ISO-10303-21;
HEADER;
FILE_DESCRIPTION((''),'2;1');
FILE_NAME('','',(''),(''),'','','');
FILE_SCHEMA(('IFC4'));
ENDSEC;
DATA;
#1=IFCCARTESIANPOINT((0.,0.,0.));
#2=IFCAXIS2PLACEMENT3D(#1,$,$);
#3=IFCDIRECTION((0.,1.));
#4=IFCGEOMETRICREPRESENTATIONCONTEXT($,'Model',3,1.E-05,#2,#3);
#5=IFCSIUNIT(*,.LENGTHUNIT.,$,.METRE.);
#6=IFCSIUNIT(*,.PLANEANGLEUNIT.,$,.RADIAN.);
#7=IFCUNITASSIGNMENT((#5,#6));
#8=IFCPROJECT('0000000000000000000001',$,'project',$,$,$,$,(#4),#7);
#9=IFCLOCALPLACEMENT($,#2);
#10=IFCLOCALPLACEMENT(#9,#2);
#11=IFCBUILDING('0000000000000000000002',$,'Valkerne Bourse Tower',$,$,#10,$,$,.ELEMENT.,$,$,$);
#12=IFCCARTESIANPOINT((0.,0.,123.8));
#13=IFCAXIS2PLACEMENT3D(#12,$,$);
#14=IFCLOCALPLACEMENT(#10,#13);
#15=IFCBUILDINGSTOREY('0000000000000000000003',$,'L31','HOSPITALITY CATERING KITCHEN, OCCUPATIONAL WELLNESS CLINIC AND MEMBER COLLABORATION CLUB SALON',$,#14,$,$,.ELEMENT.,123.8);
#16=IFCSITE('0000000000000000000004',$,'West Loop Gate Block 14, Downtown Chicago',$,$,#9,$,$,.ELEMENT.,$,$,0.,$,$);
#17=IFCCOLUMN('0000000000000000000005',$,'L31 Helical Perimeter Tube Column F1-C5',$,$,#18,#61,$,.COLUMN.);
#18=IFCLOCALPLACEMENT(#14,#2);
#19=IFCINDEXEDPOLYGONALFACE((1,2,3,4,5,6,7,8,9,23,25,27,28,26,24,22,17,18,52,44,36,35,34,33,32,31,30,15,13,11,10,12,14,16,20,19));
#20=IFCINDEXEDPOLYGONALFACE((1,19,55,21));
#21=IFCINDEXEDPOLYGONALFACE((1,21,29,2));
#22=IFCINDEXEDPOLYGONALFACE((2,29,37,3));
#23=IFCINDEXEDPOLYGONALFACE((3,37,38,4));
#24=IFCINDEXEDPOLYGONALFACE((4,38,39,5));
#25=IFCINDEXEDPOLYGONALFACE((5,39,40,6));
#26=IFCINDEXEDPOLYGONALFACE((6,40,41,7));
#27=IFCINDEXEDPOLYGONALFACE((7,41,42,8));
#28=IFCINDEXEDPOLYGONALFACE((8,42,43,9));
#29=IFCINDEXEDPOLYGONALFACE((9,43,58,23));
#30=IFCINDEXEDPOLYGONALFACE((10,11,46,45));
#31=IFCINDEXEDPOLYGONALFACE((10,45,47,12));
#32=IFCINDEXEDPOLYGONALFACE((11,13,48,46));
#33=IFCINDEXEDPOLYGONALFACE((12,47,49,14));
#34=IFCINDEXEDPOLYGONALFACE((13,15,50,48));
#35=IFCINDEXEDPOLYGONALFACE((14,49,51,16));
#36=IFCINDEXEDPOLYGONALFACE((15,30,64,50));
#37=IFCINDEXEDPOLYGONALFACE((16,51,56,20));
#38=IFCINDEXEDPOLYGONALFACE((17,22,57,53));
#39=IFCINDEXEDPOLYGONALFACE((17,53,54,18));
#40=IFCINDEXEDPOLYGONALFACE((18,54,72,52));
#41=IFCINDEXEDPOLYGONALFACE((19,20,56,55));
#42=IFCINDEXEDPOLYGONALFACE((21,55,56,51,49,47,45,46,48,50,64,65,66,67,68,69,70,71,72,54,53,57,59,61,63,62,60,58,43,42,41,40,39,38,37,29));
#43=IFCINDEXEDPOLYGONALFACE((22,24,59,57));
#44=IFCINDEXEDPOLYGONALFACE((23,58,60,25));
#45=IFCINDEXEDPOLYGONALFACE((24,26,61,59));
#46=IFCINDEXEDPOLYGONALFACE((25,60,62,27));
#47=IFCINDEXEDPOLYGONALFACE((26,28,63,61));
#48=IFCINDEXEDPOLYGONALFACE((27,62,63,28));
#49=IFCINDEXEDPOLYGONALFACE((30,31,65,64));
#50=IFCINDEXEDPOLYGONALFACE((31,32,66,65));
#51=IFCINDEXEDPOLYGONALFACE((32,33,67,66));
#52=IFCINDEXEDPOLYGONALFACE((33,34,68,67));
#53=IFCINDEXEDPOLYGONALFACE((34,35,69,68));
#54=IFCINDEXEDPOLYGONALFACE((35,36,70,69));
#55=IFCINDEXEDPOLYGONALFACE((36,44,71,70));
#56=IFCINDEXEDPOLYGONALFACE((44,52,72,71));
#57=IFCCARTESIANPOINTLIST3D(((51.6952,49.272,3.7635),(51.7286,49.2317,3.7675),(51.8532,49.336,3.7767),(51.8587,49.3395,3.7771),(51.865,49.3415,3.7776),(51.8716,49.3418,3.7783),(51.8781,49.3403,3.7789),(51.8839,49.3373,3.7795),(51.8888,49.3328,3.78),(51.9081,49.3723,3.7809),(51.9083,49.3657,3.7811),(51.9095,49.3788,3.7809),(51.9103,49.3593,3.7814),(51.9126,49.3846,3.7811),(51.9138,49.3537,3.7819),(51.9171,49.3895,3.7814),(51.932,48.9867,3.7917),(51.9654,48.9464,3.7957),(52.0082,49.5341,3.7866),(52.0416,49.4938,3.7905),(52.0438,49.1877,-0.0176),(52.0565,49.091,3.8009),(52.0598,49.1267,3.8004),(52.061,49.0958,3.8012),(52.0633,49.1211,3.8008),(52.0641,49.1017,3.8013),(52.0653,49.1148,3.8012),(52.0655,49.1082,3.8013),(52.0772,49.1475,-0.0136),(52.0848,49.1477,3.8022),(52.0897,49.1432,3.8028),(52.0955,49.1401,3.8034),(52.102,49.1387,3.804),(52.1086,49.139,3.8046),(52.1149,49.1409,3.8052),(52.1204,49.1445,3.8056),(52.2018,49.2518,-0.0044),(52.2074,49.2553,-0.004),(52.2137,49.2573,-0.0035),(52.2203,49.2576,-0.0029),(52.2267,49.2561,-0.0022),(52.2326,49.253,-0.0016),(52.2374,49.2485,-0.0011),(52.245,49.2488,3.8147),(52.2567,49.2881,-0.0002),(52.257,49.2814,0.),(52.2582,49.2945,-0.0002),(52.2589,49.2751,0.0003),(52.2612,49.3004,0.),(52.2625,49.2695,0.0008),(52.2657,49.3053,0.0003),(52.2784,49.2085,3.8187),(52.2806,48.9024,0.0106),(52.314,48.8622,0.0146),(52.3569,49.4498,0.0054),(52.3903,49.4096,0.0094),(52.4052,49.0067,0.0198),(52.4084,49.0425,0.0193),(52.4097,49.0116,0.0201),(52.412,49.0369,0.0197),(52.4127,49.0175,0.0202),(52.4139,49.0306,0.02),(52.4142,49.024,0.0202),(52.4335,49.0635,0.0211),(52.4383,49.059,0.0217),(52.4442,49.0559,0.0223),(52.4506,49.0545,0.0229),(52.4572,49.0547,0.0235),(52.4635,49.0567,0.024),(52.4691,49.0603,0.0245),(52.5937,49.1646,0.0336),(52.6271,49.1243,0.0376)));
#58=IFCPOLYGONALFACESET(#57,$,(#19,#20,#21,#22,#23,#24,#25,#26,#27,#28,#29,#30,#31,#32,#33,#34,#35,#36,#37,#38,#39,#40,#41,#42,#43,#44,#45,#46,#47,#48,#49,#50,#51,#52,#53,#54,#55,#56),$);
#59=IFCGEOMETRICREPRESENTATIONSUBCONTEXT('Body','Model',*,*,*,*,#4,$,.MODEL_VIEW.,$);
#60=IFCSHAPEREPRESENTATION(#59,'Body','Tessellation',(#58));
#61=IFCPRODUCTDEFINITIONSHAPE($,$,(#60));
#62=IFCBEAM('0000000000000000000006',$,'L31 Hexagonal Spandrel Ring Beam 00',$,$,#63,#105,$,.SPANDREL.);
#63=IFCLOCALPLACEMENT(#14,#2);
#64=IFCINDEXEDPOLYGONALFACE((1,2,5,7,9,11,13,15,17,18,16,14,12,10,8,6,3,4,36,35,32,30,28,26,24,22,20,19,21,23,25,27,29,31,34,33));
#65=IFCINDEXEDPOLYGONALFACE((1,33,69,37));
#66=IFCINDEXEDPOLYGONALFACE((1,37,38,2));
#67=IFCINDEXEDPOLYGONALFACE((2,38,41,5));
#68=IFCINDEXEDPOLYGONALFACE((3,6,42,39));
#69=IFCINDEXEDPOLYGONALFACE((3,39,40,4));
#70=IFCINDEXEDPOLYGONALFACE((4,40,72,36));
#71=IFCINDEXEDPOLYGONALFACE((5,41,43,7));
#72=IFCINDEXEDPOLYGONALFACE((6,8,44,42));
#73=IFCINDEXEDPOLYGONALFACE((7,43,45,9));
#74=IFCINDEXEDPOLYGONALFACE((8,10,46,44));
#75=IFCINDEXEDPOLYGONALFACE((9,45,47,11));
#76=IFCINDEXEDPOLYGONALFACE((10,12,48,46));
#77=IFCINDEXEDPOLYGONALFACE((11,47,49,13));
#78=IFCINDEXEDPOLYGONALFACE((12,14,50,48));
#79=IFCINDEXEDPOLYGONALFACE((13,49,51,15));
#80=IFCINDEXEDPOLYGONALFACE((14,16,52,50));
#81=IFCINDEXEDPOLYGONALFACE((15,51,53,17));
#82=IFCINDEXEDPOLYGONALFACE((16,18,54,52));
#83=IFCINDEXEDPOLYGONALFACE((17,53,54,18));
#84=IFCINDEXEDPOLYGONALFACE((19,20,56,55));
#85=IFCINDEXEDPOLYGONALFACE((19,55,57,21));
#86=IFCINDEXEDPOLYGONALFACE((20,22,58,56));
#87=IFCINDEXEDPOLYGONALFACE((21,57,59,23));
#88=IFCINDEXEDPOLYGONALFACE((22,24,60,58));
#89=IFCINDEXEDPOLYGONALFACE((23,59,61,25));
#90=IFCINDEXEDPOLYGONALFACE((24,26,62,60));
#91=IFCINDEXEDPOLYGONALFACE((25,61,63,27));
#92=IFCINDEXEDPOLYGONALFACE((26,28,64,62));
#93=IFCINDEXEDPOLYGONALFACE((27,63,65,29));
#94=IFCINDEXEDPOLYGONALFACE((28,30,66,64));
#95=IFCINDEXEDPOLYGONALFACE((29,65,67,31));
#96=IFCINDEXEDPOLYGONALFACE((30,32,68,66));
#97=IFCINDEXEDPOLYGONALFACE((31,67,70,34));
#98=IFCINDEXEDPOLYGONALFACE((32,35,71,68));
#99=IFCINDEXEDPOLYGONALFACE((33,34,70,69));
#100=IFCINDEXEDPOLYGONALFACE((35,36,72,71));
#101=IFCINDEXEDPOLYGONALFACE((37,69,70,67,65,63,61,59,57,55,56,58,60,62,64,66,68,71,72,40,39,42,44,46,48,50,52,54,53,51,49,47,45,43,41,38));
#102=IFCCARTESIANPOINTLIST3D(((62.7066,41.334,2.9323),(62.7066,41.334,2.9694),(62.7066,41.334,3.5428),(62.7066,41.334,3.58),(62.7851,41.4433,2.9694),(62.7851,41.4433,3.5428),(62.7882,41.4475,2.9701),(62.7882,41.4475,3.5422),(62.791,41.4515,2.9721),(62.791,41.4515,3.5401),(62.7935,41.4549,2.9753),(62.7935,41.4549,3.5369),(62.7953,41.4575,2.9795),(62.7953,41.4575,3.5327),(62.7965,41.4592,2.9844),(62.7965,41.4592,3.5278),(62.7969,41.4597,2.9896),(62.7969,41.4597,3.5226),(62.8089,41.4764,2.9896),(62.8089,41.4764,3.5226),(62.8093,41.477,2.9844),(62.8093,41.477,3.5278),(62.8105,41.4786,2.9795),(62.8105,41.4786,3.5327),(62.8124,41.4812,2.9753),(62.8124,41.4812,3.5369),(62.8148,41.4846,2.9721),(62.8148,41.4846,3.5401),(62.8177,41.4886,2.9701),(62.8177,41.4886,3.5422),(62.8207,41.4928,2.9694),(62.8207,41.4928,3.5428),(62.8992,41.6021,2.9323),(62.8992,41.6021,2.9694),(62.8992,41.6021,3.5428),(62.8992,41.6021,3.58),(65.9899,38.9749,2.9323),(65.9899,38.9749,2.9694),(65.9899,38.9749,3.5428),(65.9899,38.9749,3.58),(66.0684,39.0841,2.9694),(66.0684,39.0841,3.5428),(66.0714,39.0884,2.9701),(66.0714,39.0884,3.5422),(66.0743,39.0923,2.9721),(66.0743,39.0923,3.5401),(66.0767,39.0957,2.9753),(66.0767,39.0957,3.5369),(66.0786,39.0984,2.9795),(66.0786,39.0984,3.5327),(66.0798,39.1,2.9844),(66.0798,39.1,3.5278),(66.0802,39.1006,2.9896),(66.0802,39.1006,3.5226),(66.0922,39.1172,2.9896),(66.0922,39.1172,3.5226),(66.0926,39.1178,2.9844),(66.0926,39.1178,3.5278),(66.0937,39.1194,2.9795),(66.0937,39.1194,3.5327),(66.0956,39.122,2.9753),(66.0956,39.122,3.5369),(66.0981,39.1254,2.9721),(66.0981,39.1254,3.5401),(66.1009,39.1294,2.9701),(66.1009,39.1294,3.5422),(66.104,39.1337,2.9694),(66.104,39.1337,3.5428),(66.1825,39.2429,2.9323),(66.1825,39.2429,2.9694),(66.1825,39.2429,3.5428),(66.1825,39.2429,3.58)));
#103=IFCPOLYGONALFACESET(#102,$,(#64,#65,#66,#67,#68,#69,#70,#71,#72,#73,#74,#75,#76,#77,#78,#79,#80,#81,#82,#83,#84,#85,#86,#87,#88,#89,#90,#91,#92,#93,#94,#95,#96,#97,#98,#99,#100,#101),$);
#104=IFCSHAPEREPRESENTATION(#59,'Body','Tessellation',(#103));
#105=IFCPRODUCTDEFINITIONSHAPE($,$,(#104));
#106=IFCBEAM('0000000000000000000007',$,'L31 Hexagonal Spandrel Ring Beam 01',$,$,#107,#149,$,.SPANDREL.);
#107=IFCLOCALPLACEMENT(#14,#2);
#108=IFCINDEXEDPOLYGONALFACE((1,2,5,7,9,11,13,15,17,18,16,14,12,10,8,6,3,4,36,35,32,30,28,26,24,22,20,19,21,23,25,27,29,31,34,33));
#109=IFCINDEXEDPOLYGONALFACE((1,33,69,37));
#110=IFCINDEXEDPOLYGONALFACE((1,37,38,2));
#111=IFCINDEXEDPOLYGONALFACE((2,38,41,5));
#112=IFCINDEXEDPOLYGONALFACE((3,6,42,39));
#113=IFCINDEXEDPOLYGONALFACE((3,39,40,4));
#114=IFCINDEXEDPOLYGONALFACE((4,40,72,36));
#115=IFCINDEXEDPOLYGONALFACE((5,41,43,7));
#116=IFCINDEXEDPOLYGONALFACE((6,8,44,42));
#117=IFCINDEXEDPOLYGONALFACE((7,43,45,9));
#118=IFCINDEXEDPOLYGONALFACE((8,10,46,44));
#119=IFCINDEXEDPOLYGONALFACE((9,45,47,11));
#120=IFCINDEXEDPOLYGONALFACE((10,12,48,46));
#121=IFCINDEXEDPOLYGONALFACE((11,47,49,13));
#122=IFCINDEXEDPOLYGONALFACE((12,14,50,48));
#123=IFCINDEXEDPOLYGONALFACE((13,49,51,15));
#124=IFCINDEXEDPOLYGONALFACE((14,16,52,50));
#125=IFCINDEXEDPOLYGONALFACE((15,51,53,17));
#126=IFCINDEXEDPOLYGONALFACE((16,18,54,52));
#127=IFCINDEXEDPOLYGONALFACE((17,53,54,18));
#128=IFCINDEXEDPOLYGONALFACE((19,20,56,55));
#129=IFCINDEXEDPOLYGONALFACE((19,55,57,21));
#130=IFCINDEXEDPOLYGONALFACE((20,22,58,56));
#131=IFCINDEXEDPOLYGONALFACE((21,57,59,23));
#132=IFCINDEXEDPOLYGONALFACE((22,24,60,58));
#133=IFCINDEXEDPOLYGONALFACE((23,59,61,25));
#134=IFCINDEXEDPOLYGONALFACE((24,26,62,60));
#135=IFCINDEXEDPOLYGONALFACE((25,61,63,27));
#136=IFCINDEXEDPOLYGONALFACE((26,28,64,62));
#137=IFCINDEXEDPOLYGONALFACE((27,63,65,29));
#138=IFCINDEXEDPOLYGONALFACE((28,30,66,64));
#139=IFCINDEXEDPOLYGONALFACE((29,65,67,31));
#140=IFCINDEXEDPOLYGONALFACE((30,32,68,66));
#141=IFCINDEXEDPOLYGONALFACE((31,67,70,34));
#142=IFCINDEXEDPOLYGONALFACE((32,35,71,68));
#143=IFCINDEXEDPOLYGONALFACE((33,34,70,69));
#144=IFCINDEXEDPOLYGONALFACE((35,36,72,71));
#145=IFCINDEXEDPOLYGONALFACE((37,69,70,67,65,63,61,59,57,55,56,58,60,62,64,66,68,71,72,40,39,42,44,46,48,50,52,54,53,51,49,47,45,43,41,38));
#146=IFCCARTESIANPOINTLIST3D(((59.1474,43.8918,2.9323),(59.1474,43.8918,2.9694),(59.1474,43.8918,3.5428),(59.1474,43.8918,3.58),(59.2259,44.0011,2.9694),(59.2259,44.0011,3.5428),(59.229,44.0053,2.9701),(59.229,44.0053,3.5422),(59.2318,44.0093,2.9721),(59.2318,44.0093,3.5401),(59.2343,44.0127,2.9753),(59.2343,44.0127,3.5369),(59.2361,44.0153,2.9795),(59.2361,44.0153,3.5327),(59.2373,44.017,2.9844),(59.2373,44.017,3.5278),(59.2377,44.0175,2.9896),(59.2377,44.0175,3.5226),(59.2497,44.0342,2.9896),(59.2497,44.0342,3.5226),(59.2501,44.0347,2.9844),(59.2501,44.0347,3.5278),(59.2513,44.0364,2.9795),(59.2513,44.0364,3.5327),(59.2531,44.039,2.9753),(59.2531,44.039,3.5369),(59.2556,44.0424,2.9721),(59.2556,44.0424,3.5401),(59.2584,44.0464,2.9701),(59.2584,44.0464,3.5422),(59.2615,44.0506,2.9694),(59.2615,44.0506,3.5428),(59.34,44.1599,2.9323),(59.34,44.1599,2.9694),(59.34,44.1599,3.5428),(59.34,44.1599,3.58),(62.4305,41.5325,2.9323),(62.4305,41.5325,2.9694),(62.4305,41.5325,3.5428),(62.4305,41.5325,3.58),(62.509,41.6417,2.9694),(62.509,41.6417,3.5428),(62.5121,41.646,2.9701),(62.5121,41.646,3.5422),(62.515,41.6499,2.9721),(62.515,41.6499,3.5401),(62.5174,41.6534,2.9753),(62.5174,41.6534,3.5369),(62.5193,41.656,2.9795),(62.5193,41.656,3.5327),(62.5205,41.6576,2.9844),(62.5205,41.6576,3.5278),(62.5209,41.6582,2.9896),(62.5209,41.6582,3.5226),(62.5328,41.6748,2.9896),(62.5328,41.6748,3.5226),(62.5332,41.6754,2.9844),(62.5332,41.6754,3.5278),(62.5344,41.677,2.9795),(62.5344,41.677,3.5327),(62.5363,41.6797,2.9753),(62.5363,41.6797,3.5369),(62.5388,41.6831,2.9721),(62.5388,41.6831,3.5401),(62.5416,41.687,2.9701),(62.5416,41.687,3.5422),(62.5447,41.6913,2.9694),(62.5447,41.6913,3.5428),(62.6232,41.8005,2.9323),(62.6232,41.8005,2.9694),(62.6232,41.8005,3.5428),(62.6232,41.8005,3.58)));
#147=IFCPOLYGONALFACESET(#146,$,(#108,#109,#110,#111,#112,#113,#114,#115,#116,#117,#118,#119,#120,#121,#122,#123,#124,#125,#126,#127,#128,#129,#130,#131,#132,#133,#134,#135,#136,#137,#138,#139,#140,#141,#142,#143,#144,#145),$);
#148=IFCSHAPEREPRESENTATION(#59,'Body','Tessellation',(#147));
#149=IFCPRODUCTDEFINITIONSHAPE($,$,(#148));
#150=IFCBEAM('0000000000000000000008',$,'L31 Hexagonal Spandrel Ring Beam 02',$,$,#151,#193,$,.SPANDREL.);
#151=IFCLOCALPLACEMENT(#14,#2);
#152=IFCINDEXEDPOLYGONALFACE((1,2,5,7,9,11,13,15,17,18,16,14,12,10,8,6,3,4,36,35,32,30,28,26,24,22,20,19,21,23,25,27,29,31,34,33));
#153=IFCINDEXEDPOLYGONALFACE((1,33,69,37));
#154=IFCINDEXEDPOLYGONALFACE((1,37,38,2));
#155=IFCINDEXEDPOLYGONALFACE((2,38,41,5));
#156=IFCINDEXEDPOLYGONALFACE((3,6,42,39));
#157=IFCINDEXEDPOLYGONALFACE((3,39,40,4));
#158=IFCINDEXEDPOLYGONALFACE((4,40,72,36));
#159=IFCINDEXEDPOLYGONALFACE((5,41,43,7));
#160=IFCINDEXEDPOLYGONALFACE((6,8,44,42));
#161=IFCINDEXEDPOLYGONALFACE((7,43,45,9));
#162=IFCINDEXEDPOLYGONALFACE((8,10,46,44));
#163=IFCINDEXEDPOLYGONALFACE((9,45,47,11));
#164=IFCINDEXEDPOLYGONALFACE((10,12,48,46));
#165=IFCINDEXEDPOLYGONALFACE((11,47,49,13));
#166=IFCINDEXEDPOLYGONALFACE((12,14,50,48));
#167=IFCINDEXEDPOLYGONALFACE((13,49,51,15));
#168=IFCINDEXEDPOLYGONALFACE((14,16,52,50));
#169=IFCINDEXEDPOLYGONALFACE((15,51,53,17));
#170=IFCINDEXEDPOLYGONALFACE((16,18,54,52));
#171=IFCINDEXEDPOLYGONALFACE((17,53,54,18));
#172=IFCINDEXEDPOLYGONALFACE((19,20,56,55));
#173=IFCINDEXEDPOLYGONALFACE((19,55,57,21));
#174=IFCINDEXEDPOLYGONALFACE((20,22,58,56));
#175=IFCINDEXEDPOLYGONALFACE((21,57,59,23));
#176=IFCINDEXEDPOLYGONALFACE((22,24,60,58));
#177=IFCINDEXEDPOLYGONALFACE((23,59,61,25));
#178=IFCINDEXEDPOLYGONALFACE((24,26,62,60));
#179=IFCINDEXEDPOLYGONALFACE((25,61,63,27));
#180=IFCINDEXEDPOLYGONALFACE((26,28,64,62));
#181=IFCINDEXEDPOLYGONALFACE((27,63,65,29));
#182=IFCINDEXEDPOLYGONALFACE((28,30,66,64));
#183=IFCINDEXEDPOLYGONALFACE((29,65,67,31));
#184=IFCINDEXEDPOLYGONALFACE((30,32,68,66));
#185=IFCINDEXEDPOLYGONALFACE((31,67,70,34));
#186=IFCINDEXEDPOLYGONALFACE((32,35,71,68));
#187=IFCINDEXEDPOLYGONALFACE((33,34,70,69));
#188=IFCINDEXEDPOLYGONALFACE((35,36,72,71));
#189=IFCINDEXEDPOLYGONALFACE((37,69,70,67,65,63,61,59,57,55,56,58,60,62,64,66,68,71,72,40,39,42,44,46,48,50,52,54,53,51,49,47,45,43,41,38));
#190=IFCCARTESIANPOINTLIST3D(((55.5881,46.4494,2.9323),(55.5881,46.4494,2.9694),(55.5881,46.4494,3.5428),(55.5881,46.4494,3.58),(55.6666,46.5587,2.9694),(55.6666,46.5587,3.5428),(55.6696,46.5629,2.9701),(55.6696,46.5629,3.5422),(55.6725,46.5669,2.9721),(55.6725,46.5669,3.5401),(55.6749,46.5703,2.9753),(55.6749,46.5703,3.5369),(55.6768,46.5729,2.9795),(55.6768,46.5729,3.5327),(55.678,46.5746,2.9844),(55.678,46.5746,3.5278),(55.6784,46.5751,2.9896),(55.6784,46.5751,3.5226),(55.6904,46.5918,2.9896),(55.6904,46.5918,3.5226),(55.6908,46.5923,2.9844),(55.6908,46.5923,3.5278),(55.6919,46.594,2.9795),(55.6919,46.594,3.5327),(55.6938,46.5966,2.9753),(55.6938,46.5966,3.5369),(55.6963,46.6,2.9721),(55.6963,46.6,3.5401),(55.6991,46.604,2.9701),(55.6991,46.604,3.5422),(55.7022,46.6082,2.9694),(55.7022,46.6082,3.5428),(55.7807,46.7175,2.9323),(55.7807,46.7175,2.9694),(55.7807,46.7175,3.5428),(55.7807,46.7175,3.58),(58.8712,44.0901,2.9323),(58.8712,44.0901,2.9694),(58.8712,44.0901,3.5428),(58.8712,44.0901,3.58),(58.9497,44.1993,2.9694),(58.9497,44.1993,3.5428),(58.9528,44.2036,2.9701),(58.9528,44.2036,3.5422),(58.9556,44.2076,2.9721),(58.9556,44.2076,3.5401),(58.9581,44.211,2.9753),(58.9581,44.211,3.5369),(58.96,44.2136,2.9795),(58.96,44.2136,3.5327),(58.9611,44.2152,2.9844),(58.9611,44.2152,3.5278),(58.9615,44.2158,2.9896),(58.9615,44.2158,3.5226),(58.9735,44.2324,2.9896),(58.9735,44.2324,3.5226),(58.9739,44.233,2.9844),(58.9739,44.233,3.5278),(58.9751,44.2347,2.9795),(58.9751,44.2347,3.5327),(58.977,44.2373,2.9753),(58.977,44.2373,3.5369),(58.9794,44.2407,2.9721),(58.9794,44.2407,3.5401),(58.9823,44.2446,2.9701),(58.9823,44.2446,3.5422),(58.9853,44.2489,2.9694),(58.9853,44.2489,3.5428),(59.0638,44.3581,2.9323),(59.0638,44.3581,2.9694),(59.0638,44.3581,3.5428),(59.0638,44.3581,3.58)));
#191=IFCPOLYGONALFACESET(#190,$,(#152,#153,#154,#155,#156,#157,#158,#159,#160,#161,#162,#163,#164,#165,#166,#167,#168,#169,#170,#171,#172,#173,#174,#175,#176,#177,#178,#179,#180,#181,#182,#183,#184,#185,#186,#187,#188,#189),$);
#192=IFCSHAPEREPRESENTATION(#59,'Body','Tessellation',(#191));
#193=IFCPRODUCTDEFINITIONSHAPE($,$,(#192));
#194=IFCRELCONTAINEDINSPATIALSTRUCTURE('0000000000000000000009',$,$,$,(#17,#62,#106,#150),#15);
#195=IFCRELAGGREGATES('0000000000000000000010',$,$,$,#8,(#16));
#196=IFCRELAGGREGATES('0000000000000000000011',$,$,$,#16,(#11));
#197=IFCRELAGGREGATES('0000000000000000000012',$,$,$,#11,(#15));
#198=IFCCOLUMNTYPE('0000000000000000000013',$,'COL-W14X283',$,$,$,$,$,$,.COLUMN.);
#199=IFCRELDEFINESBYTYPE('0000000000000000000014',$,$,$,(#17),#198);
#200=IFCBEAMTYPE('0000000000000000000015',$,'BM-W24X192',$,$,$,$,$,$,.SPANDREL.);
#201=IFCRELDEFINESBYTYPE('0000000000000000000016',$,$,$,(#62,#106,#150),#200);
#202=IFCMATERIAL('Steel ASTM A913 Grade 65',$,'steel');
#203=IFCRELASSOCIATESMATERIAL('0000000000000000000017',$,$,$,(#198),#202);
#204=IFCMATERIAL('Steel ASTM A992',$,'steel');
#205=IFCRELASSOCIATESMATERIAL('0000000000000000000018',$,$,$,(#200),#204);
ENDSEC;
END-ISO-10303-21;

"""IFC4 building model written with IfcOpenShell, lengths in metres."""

from ifc_helpers import new_model, si_unit, direction, frame, origin, origin_2d, place, context, subcontext, project, spatial, i_section, extrude, material, material_profile, profile_set, type_object, element, save


model = new_model("IFC4")

# Units and contexts
model_context = context("Model", 3, precision=1e-05, world=origin(), true_north=direction((0.0, 1.0)))
body_context = subcontext(model_context, "Body", "Model", "MODEL_VIEW")
ifc_project = project(units=[si_unit("LENGTHUNIT", "METRE"), si_unit("PLANEANGLEUNIT", "RADIAN")], contexts=[model_context])

# Site, building, storey
site_placement = place(None, origin())
site = spatial("IfcSite", under=ifc_project, at=site_placement, Name="West Loop Gate Block 14, Downtown Chicago", CompositionType="ELEMENT", RefElevation=0.0)
building_placement = place(site_placement, origin())
building = spatial("IfcBuilding", under=site, at=building_placement, Name="Valkerne Bourse Tower", CompositionType="ELEMENT")
storey_placement = place(building_placement, frame((0.0, 0.0, 123.8)))
storey = spatial("IfcBuildingStorey", under=building, at=storey_placement, Name="L31", Description="HOSPITALITY CATERING KITCHEN, OCCUPATIONAL WELLNESS CLINIC AND MEMBER COLLABORATION CLUB SALON", CompositionType="ELEMENT", Elevation=123.8)

# Column
ifc_material_1 = material(Name="Steel ASTM A913 Grade 65", Category="steel")
ifc_material_profile_1 = material_profile(ifc_material_1, i_section(OverallWidth=0.4089, OverallDepth=0.4243, WebThickness=0.0327, FlangeThickness=0.0525, FilletRadius=0.0254, at=origin_2d()), Name="W14X283")
ifc_profile_set_1 = profile_set([ifc_material_profile_1], Name="Steel ASTM A913 Grade 65")
column_type = type_object("IfcColumnType", Name="COL-W14X283", PredefinedType="COLUMN", material=ifc_profile_set_1)
column_1_placement = place(storey_placement, frame((52.3354, 49.156, 0.01), z_axis=(-0.091794, 0.022177, 0.995531), x_axis=(0.765495, 0.640974, 0.056305)))
element("IfcColumn", 1, at=column_1_placement, inside=storey, type_object=column_type, Name="L31 Helical Perimeter Tube Column F1-C5", PredefinedType="COLUMN", context=body_context, shape_type="SweptSolid", body=[
    extrude(i_section(OverallWidth=0.4089, OverallDepth=0.4243, WebThickness=0.0327, FlangeThickness=0.0525, FilletRadius=0.0254, at=origin_2d()), origin(), (0.0, 0.0, 1.0), 3.7981),
])

# Beams
ifc_material_2 = material(Name="Steel ASTM A992", Category="steel")
ifc_material_profile_2 = material_profile(ifc_material_2, i_section(OverallWidth=0.3301, OverallDepth=0.6477, WebThickness=0.0205, FlangeThickness=0.0371, FilletRadius=0.0203, at=origin_2d()), Name="W24X192")
ifc_profile_set_2 = profile_set([ifc_material_profile_2], Name="Steel ASTM A992")
beam_type = type_object("IfcBeamType", Name="BM-W24X192", PredefinedType="SPANDREL", material=ifc_profile_set_2)
for number, where, z_axis, x_axis, name in (
    (2, (66.0862, 39.1089, 3.2561), (-0.812094, 0.583527, 0.0), (-0.583527, -0.812094, 0.0), "L31 Hexagonal Spandrel Ring Beam 00"),
    (3, (62.5269, 41.6665, 3.2561), (-0.812065, 0.583566, 0.0), (-0.583566, -0.812065, 0.0), "L31 Hexagonal Spandrel Ring Beam 01"),
    (4, (58.9675, 44.2241, 3.2561), (-0.812065, 0.583566, 0.0), (-0.583566, -0.812065, 0.0), "L31 Hexagonal Spandrel Ring Beam 02"),
):
    element("IfcBeam", number, at=place(storey_placement, frame(where, z_axis=z_axis, x_axis=x_axis)), inside=storey, type_object=beam_type, Name=name, PredefinedType="SPANDREL", context=body_context, shape_type="SweptSolid", body=[
        extrude(i_section(OverallWidth=0.3301, OverallDepth=0.6477, WebThickness=0.0205, FlangeThickness=0.0371, FilletRadius=0.0203, at=origin_2d()), origin(), (0.0, 0.0, 1.0), 4.043),
    ])

save(model, "model.ifc")
